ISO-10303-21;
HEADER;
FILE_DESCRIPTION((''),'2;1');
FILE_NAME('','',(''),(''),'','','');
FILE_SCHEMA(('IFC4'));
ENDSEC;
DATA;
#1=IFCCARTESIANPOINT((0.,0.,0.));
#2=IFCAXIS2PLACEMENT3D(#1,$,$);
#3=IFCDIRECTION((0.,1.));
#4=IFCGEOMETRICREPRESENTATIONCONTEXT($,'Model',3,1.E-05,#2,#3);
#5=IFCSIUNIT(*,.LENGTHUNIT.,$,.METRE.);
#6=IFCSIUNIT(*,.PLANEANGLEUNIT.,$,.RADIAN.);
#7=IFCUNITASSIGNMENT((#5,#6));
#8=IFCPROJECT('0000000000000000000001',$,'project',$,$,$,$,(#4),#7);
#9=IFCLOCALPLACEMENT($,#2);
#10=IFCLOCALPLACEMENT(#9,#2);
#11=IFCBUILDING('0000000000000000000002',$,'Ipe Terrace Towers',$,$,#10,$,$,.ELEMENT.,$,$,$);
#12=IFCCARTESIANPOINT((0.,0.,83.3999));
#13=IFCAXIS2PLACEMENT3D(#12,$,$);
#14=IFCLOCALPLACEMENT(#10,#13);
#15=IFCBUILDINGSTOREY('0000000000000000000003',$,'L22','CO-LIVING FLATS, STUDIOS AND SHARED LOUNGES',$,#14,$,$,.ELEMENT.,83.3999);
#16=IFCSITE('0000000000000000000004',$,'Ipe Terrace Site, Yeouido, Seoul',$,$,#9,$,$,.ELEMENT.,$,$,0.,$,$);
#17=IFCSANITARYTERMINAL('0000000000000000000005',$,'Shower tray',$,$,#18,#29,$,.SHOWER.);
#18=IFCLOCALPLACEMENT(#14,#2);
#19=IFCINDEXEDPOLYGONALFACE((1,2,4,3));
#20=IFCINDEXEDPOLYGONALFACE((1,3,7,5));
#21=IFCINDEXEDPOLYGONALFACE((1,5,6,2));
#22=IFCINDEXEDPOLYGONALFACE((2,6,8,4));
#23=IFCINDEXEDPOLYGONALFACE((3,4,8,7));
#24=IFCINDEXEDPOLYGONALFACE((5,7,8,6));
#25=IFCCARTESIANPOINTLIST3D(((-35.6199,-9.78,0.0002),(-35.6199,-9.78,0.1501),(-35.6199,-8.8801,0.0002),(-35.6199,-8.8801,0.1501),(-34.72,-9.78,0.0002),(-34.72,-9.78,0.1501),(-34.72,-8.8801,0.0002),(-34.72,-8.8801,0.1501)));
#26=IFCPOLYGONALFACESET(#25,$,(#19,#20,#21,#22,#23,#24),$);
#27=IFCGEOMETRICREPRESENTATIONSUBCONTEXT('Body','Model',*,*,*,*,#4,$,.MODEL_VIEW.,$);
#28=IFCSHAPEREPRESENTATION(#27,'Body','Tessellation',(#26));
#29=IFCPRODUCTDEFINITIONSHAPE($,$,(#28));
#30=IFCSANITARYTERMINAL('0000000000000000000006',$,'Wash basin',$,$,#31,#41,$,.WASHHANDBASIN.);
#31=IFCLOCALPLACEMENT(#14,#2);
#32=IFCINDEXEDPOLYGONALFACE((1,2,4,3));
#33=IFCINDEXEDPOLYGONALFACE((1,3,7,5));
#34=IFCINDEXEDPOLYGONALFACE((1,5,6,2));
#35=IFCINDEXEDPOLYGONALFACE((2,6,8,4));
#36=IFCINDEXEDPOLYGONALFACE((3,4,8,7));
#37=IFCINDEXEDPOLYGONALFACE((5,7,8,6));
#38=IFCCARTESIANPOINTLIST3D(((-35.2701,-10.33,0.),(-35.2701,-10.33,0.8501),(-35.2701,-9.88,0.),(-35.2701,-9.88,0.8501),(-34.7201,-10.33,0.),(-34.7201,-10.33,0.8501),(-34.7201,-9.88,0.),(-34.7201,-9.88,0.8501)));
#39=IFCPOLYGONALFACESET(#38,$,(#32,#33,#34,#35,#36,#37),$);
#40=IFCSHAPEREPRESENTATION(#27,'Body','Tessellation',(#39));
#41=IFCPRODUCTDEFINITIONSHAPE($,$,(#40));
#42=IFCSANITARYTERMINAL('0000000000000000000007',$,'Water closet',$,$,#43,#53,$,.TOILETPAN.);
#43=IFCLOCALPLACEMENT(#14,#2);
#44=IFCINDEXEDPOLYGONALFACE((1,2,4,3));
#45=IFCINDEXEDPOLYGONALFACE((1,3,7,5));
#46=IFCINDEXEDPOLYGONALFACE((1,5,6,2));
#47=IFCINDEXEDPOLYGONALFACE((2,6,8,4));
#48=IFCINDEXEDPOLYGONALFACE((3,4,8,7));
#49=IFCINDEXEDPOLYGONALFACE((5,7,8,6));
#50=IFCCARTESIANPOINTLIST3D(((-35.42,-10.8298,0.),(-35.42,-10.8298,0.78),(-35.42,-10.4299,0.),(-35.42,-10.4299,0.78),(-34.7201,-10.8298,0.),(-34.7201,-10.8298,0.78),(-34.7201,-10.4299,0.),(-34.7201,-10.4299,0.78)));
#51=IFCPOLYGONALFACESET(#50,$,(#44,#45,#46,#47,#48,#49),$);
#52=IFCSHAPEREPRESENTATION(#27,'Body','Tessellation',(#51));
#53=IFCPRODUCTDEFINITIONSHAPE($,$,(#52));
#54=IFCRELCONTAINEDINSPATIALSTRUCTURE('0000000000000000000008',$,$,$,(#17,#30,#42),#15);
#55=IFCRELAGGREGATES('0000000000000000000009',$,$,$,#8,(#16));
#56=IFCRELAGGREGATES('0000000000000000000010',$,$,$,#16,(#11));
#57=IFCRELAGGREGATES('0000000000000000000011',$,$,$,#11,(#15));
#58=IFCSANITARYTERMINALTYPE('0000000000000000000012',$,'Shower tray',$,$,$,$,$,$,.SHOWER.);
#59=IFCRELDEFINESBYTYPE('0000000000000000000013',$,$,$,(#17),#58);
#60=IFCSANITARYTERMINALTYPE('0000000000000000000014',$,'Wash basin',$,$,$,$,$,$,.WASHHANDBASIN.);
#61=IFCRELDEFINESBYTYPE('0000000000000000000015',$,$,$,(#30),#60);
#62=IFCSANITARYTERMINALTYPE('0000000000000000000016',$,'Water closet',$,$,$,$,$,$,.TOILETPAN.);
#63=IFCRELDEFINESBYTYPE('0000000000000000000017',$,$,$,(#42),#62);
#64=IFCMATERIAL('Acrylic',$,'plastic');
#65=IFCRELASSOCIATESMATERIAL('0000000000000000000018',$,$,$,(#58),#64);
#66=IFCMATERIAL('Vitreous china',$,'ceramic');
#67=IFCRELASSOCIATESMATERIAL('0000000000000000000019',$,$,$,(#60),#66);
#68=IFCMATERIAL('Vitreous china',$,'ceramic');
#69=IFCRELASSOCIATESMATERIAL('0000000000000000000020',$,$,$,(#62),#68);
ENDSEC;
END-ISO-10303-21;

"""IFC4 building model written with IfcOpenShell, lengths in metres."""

from ifc_helpers import new_model, si_unit, direction, frame, origin, origin_2d, place, context, subcontext, project, spatial, rectangle, extrude, material, type_object, element, save


model = new_model("IFC4")

# Units and contexts
model_context = context("Model", 3, precision=1e-05, world=origin(), true_north=direction((0.0, 1.0)))
body_context = subcontext(model_context, "Body", "Model", "MODEL_VIEW")
ifc_project = project(units=[si_unit("LENGTHUNIT", "METRE"), si_unit("PLANEANGLEUNIT", "RADIAN")], contexts=[model_context])

# Site, building, storey
site_placement = place(None, origin())
site = spatial("IfcSite", under=ifc_project, at=site_placement, Name="Ipe Terrace Site, Yeouido, Seoul", CompositionType="ELEMENT", RefElevation=0.0)
building_placement = place(site_placement, origin())
building = spatial("IfcBuilding", under=site, at=building_placement, Name="Ipe Terrace Towers", CompositionType="ELEMENT")
storey_placement = place(building_placement, frame((0.0, 0.0, 83.3999)))
storey = spatial("IfcBuildingStorey", under=building, at=storey_placement, Name="L22", Description="CO-LIVING FLATS, STUDIOS AND SHARED LOUNGES", CompositionType="ELEMENT", Elevation=83.3999)

# Sanitary terminals
ifc_material_1 = material(Name="Acrylic", Category="plastic")
sanitary_terminal_type_1 = type_object("IfcSanitaryTerminalType", Name="Shower tray", PredefinedType="SHOWER", material=ifc_material_1)
sanitary_terminal_1_placement = place(storey_placement, frame((-35.1699, -9.3301, 0.0002), z_axis=(0.0, 0.0, 1.0), x_axis=(-1.0, 0.0, 0.0)))
element("IfcSanitaryTerminal", 1, at=sanitary_terminal_1_placement, inside=storey, type_object=sanitary_terminal_type_1, Name="Shower tray", PredefinedType="SHOWER", context=body_context, shape_type="SweptSolid", body=[
    extrude(rectangle(XDim=0.8999, YDim=0.8999, at=origin_2d()), origin(), (0.0, 0.0, 1.0), 0.1499),
])
ifc_material_2 = material(Name="Vitreous china", Category="ceramic")
sanitary_terminal_type_2 = type_object("IfcSanitaryTerminalType", Name="Wash basin", PredefinedType="WASHHANDBASIN", material=ifc_material_2)
sanitary_terminal_2_placement = place(storey_placement, frame((-34.9951, -10.105, 0.0), z_axis=(0.0, 0.0, 1.0), x_axis=(-1.0, 0.0, 0.0)))
element("IfcSanitaryTerminal", 2, at=sanitary_terminal_2_placement, inside=storey, type_object=sanitary_terminal_type_2, Name="Wash basin", PredefinedType="WASHHANDBASIN", context=body_context, shape_type="SweptSolid", body=[
    extrude(rectangle(XDim=0.55, YDim=0.45, at=origin_2d()), origin(), (0.0, 0.0, 1.0), 0.8501),
])
ifc_material_3 = material(Name="Vitreous china", Category="ceramic")
sanitary_terminal_type_3 = type_object("IfcSanitaryTerminalType", Name="Water closet", PredefinedType="TOILETPAN", material=ifc_material_3)
sanitary_terminal_3_placement = place(storey_placement, frame((-35.0701, -10.6299, 0.0), z_axis=(0.0, 0.0, 1.0), x_axis=(-1.0, 0.0, 0.0)))
element("IfcSanitaryTerminal", 3, at=sanitary_terminal_3_placement, inside=storey, type_object=sanitary_terminal_type_3, Name="Water closet", PredefinedType="TOILETPAN", context=body_context, shape_type="SweptSolid", body=[
    extrude(rectangle(XDim=0.7, YDim=0.3999, at=origin_2d()), origin(), (0.0, 0.0, 1.0), 0.78),
])

save(model, "model.ifc")
